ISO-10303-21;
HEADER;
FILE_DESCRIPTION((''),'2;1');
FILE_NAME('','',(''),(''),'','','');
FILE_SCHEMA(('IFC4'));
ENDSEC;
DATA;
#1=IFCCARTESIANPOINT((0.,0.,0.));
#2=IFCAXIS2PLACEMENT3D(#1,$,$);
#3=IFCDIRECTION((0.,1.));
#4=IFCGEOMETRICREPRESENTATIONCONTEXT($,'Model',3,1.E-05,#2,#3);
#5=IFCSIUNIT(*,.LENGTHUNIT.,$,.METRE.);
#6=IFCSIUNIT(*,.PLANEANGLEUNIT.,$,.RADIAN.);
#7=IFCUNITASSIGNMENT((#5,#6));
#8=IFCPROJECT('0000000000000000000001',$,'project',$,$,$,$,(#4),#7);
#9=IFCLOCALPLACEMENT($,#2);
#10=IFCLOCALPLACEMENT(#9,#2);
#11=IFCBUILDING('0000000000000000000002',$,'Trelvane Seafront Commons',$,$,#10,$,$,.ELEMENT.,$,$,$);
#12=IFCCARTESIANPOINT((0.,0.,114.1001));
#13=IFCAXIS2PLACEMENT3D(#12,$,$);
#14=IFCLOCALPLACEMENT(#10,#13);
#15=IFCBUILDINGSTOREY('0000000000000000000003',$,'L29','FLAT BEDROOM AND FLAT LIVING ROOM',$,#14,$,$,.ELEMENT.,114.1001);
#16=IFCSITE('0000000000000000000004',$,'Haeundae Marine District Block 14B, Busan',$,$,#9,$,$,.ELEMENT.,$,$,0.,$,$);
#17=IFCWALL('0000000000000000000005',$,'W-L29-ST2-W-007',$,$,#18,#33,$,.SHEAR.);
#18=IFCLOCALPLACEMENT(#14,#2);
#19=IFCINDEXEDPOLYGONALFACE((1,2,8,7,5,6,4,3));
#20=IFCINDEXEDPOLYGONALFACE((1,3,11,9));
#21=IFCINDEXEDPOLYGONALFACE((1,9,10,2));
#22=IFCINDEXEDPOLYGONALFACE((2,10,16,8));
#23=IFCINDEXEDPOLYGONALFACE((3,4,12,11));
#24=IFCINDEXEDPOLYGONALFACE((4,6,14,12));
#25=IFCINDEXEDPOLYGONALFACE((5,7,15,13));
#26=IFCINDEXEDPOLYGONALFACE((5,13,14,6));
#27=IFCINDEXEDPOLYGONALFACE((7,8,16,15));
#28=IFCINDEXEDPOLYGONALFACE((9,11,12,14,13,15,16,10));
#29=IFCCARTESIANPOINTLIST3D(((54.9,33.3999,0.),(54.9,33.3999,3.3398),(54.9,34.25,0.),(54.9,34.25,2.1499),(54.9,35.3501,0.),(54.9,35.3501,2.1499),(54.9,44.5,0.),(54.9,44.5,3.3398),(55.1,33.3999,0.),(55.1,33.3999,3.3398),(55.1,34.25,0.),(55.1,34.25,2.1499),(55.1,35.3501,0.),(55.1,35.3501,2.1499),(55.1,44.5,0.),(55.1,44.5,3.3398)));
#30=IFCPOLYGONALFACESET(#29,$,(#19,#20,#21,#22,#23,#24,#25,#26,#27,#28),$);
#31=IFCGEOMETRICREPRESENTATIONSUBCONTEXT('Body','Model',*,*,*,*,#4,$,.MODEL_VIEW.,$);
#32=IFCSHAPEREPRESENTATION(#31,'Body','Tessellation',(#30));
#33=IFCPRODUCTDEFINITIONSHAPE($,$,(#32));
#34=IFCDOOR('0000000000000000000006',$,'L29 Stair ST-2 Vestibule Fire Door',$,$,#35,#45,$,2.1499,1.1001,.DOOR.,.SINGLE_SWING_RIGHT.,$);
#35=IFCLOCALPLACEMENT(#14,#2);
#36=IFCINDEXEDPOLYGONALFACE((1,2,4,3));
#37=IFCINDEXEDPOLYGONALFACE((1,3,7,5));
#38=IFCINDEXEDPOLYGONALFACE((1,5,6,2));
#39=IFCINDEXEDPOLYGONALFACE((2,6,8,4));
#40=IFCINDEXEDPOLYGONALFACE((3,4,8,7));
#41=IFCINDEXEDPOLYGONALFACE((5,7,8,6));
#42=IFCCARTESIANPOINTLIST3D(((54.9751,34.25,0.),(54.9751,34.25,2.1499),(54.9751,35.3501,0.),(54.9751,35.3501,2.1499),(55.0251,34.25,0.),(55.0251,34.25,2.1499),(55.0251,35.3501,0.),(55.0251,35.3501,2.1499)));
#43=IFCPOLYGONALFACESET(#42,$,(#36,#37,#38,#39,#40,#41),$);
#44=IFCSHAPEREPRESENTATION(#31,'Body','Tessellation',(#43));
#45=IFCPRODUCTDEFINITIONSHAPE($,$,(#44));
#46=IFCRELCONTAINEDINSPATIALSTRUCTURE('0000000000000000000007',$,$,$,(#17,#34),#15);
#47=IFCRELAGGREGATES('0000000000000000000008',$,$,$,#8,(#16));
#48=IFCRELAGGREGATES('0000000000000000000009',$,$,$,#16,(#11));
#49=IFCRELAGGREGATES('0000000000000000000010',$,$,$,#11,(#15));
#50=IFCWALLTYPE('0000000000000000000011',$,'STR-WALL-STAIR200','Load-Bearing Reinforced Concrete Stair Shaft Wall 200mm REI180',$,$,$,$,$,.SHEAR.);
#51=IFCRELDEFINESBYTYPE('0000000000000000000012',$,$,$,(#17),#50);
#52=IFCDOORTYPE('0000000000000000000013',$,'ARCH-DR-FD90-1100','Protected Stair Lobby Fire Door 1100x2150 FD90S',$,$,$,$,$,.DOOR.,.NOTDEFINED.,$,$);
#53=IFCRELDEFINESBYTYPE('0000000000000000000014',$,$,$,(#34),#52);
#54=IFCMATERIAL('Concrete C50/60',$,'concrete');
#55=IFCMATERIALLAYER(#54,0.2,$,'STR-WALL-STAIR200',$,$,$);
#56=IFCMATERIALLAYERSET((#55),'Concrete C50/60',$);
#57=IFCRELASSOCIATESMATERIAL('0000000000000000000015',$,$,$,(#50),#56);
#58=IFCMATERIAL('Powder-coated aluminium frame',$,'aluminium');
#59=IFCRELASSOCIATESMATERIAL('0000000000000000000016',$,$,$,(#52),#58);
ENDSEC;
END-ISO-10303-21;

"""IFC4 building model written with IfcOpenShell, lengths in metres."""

from ifc_helpers import new_model, si_unit, direction, frame, frame_2d, origin, place, context, subcontext, project, spatial, rectangle, extrude, source, transform, mapped, material, layer, layer_set, type_object, element, fill, save


model = new_model("IFC4")

# Units and contexts
model_context = context("Model", 3, precision=1e-05, world=origin(), true_north=direction((0.0, 1.0)))
body_context = subcontext(model_context, "Body", "Model", "MODEL_VIEW")
ifc_project = project(units=[si_unit("LENGTHUNIT", "METRE"), si_unit("PLANEANGLEUNIT", "RADIAN")], contexts=[model_context])

# Site, building, storey
site_placement = place(None, origin())
site = spatial("IfcSite", under=ifc_project, at=site_placement, Name="Haeundae Marine District Block 14B, Busan", CompositionType="ELEMENT", RefElevation=0.0)
building_placement = place(site_placement, origin())
building = spatial("IfcBuilding", under=site, at=building_placement, Name="Trelvane Seafront Commons", CompositionType="ELEMENT")
storey_placement = place(building_placement, frame((0.0, 0.0, 114.1001)))
storey = spatial("IfcBuildingStorey", under=building, at=storey_placement, Name="L29", Description="FLAT BEDROOM AND FLAT LIVING ROOM", CompositionType="ELEMENT", Elevation=114.1001)

# Shared definitions
ifc_material_1 = material(Name="Powder-coated aluminium frame", Category="aluminium")

# Wall, opening, door
ifc_material_2 = material(Name="Concrete C50/60", Category="concrete")
ifc_layer_1 = layer(ifc_material_2, 0.2, Name="STR-WALL-STAIR200")
ifc_layer_set_1 = layer_set([ifc_layer_1], Name="Concrete C50/60")
wall_type_1 = type_object("IfcWallType", Name="STR-WALL-STAIR200", Description="Load-Bearing Reinforced Concrete Stair Shaft Wall 200mm REI180", PredefinedType="SHEAR", material=ifc_layer_set_1)
wall_1_placement = place(storey_placement, frame((55.0, 33.3999, 0.0), z_axis=(0.0, 0.0, 1.0), x_axis=(0.0, 1.0, 0.0)))
wall_1 = element("IfcWall", 1, at=wall_1_placement, inside=storey, type_object=wall_type_1, Name="W-L29-ST2-W-007", PredefinedType="SHEAR", context=body_context, shape_type="SweptSolid", body=[
    extrude(rectangle(XDim=11.1001, YDim=0.2, at=frame_2d((5.55, 0.0))), origin(), (0.0, 0.0, 1.0), 3.3398),
])
opening_1_placement = place(wall_1_placement, frame((0.8501, 0.0, 0.0)))
opening_1 = element("IfcOpeningElement", 2, at=opening_1_placement, cuts=wall_1, PredefinedType="OPENING", context=body_context, shape_type="SweptSolid", body=[
    extrude(rectangle(XDim=1.1001, YDim=2.1499, at=frame_2d((0.55, 1.075))), frame((0.0, 0.1099, 0.0), z_axis=(0.0, -1.0, 0.0), x_axis=(1.0, 0.0, 0.0)), (0.0, 0.0, 1.0), 0.22),
])
door_type_1 = type_object("IfcDoorType", Name="ARCH-DR-FD90-1100", Description="Protected Stair Lobby Fire Door 1100x2150 FD90S", OperationType="NOTDEFINED", PredefinedType="DOOR", material=ifc_material_1)
shared_shape_1 = source(origin(), body_context, "Body", "SweptSolid", [
    extrude(rectangle(XDim=1.1001, YDim=2.1499, at=frame_2d((0.55, 1.075))), frame((0.0, 0.0249, 0.0), z_axis=(0.0, -1.0, 0.0), x_axis=(1.0, 0.0, 0.0)), (0.0, 0.0, 1.0), 0.05),
])
door_1_placement = place(opening_1_placement, origin())
door_1 = element("IfcDoor", 3, at=door_1_placement, inside=storey, type_object=door_type_1, Name="L29 Stair ST-2 Vestibule Fire Door", OperationType="SINGLE_SWING_RIGHT", OverallHeight=2.1499, OverallWidth=1.1001, PredefinedType="DOOR", context=body_context, shape_type="MappedRepresentation", body=[
    mapped(shared_shape_1, transform((0.0, 0.0, 0.0), x_axis=(1.0, 0.0, 0.0), y_axis=(0.0, 1.0, 0.0), z_axis=(0.0, 0.0, 1.0), scale=1.0)),
])
fill(opening_1, door_1)

save(model, "model.ifc")
